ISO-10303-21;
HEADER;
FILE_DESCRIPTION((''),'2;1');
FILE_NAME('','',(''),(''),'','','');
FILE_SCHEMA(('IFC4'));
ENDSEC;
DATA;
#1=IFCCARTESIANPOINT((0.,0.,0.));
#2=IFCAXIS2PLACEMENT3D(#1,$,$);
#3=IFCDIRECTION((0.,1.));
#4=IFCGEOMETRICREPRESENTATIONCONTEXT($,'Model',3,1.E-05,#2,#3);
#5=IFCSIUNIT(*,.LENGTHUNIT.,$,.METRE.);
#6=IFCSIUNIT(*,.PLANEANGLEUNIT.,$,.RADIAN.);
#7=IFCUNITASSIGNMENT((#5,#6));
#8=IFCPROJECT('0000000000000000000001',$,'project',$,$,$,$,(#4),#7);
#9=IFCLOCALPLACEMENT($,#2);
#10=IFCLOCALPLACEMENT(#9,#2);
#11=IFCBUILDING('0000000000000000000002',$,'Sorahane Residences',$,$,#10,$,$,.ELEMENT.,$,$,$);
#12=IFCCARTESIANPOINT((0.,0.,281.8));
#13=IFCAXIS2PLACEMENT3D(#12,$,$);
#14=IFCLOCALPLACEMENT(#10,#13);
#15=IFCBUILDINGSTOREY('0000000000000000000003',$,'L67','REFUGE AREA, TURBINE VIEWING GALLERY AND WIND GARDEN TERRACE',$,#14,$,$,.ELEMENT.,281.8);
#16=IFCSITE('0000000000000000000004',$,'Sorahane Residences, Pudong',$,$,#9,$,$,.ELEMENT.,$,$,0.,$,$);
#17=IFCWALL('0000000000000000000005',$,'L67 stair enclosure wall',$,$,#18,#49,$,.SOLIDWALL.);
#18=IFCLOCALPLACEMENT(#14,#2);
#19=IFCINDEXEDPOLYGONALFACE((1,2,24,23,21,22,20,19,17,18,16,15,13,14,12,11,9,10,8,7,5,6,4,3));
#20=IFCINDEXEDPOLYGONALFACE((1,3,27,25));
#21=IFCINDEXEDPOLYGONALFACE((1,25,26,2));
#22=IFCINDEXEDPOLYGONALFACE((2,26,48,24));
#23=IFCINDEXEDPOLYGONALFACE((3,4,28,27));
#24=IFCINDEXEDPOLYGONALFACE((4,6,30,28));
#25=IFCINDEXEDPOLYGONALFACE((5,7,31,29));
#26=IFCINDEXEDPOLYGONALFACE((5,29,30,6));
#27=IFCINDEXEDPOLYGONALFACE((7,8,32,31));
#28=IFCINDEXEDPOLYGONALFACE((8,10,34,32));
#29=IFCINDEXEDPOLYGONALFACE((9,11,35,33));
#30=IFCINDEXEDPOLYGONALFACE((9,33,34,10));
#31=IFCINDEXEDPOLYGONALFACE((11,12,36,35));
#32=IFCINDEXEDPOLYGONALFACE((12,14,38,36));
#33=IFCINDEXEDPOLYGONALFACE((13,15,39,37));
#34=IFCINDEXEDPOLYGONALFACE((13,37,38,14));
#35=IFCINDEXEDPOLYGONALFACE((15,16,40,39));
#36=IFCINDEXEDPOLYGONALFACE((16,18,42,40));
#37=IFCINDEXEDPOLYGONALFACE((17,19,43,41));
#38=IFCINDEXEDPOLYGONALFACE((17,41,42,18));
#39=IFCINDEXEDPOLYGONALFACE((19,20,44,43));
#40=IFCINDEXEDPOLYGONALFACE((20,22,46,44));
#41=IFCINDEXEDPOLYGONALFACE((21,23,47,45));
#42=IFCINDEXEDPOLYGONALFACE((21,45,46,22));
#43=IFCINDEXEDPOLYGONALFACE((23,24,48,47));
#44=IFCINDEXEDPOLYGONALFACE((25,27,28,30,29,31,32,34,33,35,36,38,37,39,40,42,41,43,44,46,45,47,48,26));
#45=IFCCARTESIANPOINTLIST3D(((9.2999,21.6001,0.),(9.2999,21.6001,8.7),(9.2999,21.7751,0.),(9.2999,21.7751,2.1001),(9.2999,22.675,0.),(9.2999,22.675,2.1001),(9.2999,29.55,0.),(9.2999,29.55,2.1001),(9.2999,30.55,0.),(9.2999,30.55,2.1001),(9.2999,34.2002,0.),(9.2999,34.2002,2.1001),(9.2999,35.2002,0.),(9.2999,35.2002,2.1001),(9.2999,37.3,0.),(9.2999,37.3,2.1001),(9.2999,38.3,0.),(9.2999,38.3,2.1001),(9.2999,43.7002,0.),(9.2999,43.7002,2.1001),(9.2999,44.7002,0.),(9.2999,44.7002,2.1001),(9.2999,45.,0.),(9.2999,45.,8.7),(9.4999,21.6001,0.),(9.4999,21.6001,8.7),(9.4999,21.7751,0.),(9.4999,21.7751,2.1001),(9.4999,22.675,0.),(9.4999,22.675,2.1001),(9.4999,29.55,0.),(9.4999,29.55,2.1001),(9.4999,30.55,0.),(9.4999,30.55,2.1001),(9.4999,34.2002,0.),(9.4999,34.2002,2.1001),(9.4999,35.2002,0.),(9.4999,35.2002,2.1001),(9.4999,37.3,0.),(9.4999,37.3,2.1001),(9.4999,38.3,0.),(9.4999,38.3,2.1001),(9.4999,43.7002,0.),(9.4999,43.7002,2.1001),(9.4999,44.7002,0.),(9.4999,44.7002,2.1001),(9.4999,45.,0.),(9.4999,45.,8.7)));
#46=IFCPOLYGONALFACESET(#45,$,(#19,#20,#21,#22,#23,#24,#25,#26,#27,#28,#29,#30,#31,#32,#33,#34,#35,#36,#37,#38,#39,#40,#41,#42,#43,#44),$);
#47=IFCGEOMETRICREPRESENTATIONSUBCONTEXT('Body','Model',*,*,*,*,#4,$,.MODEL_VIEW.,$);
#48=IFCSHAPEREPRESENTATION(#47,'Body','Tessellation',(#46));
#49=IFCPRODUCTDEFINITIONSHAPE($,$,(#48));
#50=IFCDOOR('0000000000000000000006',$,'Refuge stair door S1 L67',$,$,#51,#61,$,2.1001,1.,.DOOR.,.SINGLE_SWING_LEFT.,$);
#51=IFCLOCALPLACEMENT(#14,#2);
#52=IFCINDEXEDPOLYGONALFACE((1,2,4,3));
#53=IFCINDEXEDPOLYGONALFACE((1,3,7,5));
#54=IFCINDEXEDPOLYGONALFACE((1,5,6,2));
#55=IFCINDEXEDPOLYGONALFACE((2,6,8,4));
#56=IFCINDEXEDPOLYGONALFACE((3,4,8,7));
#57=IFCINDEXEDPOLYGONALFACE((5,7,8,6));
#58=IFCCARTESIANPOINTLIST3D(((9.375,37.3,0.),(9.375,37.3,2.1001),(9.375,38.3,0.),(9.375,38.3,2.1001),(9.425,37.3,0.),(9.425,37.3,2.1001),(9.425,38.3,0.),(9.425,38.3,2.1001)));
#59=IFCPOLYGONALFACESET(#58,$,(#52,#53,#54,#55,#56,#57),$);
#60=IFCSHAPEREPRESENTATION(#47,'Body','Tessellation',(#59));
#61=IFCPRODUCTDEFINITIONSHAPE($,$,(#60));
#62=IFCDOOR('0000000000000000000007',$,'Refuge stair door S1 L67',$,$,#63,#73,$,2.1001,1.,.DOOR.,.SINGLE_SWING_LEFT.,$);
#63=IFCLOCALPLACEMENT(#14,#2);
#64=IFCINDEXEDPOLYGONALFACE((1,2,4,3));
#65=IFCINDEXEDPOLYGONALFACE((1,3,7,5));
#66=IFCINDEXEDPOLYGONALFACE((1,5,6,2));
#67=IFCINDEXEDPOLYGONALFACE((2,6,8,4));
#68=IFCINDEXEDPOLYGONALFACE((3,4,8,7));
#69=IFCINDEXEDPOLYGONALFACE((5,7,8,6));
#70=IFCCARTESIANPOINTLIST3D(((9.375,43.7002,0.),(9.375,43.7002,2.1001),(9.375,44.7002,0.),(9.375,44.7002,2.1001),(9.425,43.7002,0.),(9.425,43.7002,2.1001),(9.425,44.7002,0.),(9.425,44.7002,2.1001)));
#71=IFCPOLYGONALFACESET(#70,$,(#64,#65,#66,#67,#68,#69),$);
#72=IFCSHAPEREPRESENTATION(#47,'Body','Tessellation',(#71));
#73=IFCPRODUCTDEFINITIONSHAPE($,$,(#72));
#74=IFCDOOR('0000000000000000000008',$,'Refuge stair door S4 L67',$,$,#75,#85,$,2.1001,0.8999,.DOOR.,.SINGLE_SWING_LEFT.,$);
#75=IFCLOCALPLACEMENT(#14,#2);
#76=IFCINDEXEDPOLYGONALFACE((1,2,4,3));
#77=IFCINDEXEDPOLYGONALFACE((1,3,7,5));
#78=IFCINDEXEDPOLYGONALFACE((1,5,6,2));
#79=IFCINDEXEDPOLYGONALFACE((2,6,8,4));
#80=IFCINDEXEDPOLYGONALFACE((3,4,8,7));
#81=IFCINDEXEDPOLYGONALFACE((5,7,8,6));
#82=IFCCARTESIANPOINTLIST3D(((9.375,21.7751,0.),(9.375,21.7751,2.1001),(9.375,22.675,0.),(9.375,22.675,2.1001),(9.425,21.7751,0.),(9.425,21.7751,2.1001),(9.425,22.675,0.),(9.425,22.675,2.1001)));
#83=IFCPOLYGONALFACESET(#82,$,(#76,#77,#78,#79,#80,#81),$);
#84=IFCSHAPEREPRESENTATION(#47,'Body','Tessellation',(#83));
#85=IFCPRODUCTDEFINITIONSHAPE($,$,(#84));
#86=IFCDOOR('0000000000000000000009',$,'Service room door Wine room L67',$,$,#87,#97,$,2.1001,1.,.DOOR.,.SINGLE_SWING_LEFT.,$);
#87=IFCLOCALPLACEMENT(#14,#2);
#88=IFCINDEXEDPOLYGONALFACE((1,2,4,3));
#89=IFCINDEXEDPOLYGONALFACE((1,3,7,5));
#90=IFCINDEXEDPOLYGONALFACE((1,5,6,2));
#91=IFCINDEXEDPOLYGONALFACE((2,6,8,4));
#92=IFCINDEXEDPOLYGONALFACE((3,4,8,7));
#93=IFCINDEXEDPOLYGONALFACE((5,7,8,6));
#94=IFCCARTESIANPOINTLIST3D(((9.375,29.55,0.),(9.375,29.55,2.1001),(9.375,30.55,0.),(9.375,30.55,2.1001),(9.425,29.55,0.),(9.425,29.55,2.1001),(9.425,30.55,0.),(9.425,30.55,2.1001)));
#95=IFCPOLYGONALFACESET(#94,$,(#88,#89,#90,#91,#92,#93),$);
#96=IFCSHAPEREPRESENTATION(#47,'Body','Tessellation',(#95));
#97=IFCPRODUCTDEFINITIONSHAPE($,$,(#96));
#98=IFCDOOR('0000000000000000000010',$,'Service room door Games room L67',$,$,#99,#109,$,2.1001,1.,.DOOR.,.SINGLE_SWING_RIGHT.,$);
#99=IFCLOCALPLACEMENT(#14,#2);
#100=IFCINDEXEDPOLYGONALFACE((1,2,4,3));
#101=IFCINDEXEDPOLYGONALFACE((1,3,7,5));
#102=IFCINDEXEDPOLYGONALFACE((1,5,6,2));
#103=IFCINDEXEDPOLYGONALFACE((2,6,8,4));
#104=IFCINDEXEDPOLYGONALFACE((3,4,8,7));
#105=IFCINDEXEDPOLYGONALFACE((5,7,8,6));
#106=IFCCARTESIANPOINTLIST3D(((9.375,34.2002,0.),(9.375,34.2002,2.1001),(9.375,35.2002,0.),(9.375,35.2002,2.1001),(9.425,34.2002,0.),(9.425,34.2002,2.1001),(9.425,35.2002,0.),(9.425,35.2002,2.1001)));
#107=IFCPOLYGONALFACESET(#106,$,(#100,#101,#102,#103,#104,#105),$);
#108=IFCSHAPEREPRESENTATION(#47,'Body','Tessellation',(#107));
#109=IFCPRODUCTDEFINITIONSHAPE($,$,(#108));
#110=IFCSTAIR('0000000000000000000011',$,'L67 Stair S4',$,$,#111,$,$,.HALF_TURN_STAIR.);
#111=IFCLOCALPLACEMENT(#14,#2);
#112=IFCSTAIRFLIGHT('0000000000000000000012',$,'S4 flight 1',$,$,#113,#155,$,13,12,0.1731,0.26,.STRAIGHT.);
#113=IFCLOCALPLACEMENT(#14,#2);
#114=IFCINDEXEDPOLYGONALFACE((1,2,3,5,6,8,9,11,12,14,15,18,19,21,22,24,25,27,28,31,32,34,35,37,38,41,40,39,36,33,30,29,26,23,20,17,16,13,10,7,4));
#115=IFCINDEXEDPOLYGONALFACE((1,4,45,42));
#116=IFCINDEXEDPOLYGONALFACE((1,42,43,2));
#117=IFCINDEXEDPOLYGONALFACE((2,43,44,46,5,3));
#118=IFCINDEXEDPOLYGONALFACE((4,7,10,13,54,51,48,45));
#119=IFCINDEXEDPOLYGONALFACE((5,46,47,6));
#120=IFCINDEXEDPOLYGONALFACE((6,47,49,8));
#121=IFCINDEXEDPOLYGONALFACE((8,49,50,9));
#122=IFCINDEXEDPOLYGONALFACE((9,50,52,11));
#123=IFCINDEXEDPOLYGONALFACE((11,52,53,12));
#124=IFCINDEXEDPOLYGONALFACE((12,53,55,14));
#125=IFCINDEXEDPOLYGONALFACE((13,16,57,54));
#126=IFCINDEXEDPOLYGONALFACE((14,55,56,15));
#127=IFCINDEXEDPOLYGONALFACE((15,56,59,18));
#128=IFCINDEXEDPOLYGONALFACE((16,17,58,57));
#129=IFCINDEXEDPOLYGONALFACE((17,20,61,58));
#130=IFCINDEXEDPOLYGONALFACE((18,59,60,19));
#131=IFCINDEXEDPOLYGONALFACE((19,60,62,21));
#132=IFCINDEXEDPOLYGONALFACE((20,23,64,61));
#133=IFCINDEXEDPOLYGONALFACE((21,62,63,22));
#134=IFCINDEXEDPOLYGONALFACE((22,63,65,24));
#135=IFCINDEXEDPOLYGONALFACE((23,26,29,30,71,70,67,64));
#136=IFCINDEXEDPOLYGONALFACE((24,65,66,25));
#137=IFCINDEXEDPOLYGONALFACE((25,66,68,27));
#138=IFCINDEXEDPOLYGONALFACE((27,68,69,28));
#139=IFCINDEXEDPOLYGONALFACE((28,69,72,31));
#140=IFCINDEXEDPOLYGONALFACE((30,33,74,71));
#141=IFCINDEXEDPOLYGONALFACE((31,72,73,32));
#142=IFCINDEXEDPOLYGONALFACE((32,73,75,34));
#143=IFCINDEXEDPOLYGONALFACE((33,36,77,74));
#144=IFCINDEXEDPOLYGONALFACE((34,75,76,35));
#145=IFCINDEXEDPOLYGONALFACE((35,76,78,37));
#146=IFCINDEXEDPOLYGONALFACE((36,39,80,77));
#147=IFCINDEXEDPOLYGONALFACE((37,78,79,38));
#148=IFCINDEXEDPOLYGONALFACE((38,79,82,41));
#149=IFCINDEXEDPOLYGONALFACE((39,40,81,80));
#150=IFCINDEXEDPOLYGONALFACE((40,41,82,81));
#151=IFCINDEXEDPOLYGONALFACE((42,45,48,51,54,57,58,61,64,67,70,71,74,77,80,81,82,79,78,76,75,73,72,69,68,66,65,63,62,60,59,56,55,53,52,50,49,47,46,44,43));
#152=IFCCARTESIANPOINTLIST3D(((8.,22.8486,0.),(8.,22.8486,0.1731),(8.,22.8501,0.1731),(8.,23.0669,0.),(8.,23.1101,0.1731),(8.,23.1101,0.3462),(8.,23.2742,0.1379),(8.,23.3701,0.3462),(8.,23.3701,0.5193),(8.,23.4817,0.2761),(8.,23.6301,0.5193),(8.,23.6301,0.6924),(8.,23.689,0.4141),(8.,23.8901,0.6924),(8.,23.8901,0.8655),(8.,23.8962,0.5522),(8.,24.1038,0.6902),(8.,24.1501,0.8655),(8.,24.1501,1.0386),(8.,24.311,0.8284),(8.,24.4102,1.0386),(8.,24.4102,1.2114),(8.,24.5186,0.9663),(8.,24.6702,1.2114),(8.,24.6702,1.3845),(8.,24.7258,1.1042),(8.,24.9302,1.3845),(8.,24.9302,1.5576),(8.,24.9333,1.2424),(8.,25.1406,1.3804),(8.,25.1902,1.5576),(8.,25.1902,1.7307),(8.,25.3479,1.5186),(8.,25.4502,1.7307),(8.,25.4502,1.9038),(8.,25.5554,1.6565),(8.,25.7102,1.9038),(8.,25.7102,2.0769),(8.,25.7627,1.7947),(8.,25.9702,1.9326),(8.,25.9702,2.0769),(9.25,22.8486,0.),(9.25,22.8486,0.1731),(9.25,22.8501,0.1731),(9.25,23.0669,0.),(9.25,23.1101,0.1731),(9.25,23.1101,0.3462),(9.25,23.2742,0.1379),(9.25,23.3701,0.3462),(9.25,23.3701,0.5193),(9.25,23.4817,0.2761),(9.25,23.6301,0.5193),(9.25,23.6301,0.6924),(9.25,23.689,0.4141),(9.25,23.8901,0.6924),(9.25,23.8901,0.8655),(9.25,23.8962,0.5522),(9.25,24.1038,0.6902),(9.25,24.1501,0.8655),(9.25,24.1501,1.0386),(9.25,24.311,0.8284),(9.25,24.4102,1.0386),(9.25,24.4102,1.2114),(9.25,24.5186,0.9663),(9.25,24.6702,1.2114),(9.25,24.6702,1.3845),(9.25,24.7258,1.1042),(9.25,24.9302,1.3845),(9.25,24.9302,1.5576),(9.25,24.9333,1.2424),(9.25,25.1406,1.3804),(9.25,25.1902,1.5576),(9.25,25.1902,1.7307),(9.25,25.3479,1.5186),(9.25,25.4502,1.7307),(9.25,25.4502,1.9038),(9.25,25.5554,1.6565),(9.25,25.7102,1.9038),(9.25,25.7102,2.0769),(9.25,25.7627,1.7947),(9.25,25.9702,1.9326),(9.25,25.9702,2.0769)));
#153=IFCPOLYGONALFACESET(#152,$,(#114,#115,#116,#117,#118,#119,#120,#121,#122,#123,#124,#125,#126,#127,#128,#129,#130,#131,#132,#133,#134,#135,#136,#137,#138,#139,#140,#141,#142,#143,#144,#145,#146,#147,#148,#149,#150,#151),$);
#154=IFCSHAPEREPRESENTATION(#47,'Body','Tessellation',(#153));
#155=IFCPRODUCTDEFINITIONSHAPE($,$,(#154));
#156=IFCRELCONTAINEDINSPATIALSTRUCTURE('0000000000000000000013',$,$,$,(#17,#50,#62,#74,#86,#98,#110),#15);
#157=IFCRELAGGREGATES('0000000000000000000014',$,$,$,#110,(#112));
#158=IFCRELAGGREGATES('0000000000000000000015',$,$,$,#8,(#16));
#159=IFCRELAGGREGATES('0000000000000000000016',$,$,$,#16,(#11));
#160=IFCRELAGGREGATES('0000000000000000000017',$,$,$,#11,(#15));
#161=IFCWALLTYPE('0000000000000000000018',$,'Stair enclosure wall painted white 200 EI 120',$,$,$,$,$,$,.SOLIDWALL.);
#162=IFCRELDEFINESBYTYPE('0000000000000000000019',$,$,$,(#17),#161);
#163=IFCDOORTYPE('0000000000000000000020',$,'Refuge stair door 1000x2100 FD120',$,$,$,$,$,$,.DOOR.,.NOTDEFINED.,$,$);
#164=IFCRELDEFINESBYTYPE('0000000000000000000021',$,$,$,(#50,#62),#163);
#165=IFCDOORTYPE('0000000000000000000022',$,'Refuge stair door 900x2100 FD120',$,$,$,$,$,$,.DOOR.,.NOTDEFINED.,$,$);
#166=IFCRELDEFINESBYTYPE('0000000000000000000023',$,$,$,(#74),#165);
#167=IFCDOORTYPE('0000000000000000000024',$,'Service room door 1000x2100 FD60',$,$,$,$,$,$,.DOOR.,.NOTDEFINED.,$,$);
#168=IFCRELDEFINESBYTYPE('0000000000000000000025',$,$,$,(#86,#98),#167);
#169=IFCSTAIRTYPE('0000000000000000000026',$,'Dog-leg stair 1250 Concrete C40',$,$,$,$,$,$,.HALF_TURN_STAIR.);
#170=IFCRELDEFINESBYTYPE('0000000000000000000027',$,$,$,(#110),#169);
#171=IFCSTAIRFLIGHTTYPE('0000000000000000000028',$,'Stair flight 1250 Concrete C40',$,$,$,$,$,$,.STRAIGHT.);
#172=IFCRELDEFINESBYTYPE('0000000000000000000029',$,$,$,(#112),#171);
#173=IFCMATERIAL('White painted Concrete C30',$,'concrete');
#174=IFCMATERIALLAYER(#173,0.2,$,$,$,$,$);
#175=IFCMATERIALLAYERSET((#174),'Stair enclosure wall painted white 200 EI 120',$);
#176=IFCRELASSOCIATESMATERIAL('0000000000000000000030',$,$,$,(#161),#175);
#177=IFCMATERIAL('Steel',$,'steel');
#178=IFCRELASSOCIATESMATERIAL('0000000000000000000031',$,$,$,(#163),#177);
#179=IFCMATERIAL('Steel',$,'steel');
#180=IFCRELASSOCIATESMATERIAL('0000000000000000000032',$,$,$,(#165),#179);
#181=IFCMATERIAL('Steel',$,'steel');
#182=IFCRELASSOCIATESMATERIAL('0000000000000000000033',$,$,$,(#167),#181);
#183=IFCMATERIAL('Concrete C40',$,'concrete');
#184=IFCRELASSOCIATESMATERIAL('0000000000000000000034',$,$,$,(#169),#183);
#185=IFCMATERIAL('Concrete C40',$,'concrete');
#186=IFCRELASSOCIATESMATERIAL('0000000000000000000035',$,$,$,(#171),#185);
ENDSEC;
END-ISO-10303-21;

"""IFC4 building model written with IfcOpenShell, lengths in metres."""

from ifc_helpers import new_model, si_unit, direction, frame, frame_2d, origin, place, context, subcontext, project, spatial, polyline, rectangle, outline, extrude, material, layer, layer_set, type_object, element, fill, aggregate, save


model = new_model("IFC4")

# Units and contexts
model_context = context("Model", 3, precision=1e-05, world=origin(), true_north=direction((0.0, 1.0)))
body_context = subcontext(model_context, "Body", "Model", "MODEL_VIEW")
ifc_project = project(units=[si_unit("LENGTHUNIT", "METRE"), si_unit("PLANEANGLEUNIT", "RADIAN")], contexts=[model_context])

# Site, building, storey
site_placement = place(None, origin())
site = spatial("IfcSite", under=ifc_project, at=site_placement, Name="Sorahane Residences, Pudong", CompositionType="ELEMENT", RefElevation=0.0)
building_placement = place(site_placement, origin())
building = spatial("IfcBuilding", under=site, at=building_placement, Name="Sorahane Residences", CompositionType="ELEMENT")
storey_placement = place(building_placement, frame((0.0, 0.0, 281.8)))
storey = spatial("IfcBuildingStorey", under=building, at=storey_placement, Name="L67", Description="REFUGE AREA, TURBINE VIEWING GALLERY AND WIND GARDEN TERRACE", CompositionType="ELEMENT", Elevation=281.8)

# Shared definitions
ifc_material_1 = material(Name="White painted Concrete C30", Category="concrete")
ifc_layer_1 = layer(ifc_material_1, 0.2)
ifc_layer_set_1 = layer_set([ifc_layer_1], Name="Stair enclosure wall painted white 200 EI 120")
wall_type_1 = type_object("IfcWallType", Name="Stair enclosure wall painted white 200 EI 120", PredefinedType="SOLIDWALL", material=ifc_layer_set_1)

# Wall, openings, doors
wall_1_placement = place(storey_placement, frame((9.3999, 21.6001, 0.0), z_axis=(0.0, 0.0, 1.0), x_axis=(0.0, 1.0, 0.0)))
wall_1 = element("IfcWall", 1, at=wall_1_placement, inside=storey, type_object=wall_type_1, Name="L67 stair enclosure wall", PredefinedType="SOLIDWALL", context=body_context, shape_type="SweptSolid", body=[
    extrude(rectangle(XDim=23.3999, YDim=0.2, at=frame_2d((11.7, 0.0))), origin(), (0.0, 0.0, 1.0), 8.7),
])
opening_1_placement = place(wall_1_placement, frame((7.95, 0.0, 0.0)))
opening_1 = element("IfcOpeningElement", 2, at=opening_1_placement, cuts=wall_1, PredefinedType="OPENING", context=body_context, shape_type="SweptSolid", body=[
    extrude(rectangle(XDim=1.0, YDim=2.1001, at=frame_2d((0.5, 1.05))), frame((0.0, 0.1099, 0.0), z_axis=(0.0, -1.0, 0.0), x_axis=(1.0, 0.0, 0.0)), (0.0, 0.0, 1.0), 0.22),
])
opening_2_placement = place(wall_1_placement, frame((12.6001, 0.0, 0.0)))
opening_2 = element("IfcOpeningElement", 3, at=opening_2_placement, cuts=wall_1, PredefinedType="OPENING", context=body_context, shape_type="SweptSolid", body=[
    extrude(rectangle(XDim=1.0, YDim=2.1001, at=frame_2d((0.5, 1.05))), frame((0.0, 0.1099, 0.0), z_axis=(0.0, -1.0, 0.0), x_axis=(1.0, 0.0, 0.0)), (0.0, 0.0, 1.0), 0.22),
])
opening_3_placement = place(wall_1_placement, frame((15.7, 0.0, 0.0)))
opening_3 = element("IfcOpeningElement", 4, at=opening_3_placement, cuts=wall_1, PredefinedType="OPENING", context=body_context, shape_type="SweptSolid", body=[
    extrude(rectangle(XDim=1.0, YDim=2.1001, at=frame_2d((0.5, 1.05))), frame((0.0, 0.1099, 0.0), z_axis=(0.0, -1.0, 0.0), x_axis=(1.0, 0.0, 0.0)), (0.0, 0.0, 1.0), 0.22),
])
opening_4_placement = place(wall_1_placement, frame((22.1001, 0.0, 0.0)))
opening_4 = element("IfcOpeningElement", 5, at=opening_4_placement, cuts=wall_1, PredefinedType="OPENING", context=body_context, shape_type="SweptSolid", body=[
    extrude(rectangle(XDim=1.0, YDim=2.1001, at=frame_2d((0.5, 1.05))), frame((0.0, 0.1099, 0.0), z_axis=(0.0, -1.0, 0.0), x_axis=(1.0, 0.0, 0.0)), (0.0, 0.0, 1.0), 0.22),
])
opening_5_placement = place(wall_1_placement, frame((0.175, 0.0, 0.0)))
opening_5 = element("IfcOpeningElement", 6, at=opening_5_placement, cuts=wall_1, PredefinedType="OPENING", context=body_context, shape_type="SweptSolid", body=[
    extrude(rectangle(XDim=0.8999, YDim=2.1001, at=frame_2d((0.45, 1.05))), frame((0.0, 0.1099, 0.0), z_axis=(0.0, -1.0, 0.0), x_axis=(1.0, 0.0, 0.0)), (0.0, 0.0, 1.0), 0.22),
])
ifc_material_2 = material(Name="Steel", Category="steel")
door_type_1 = type_object("IfcDoorType", Name="Refuge stair door 1000x2100 FD120", OperationType="NOTDEFINED", PredefinedType="DOOR", material=ifc_material_2)
door_1_placement = place(opening_3_placement, origin())
door_1 = element("IfcDoor", 7, at=door_1_placement, inside=storey, type_object=door_type_1, Name="Refuge stair door S1 L67", OperationType="SINGLE_SWING_LEFT", OverallHeight=2.1001, OverallWidth=1.0, PredefinedType="DOOR", context=body_context, shape_type="SweptSolid", body=[
    extrude(rectangle(XDim=1.0, YDim=2.1001, at=frame_2d((0.5, 1.05))), frame((0.0, 0.0249, 0.0), z_axis=(0.0, -1.0, 0.0), x_axis=(1.0, 0.0, 0.0)), (0.0, 0.0, 1.0), 0.05),
])
fill(opening_3, door_1)
door_2_placement = place(opening_4_placement, origin())
door_2 = element("IfcDoor", 8, at=door_2_placement, inside=storey, type_object=door_type_1, Name="Refuge stair door S1 L67", OperationType="SINGLE_SWING_LEFT", OverallHeight=2.1001, OverallWidth=1.0, PredefinedType="DOOR", context=body_context, shape_type="SweptSolid", body=[
    extrude(rectangle(XDim=1.0, YDim=2.1001, at=frame_2d((0.5, 1.05))), frame((0.0, 0.0249, 0.0), z_axis=(0.0, -1.0, 0.0), x_axis=(1.0, 0.0, 0.0)), (0.0, 0.0, 1.0), 0.05),
])
fill(opening_4, door_2)
ifc_material_3 = material(Name="Steel", Category="steel")
door_type_2 = type_object("IfcDoorType", Name="Refuge stair door 900x2100 FD120", OperationType="NOTDEFINED", PredefinedType="DOOR", material=ifc_material_3)
door_3_placement = place(opening_5_placement, origin())
door_3 = element("IfcDoor", 9, at=door_3_placement, inside=storey, type_object=door_type_2, Name="Refuge stair door S4 L67", OperationType="SINGLE_SWING_LEFT", OverallHeight=2.1001, OverallWidth=0.8999, PredefinedType="DOOR", context=body_context, shape_type="SweptSolid", body=[
    extrude(rectangle(XDim=0.8999, YDim=2.1001, at=frame_2d((0.45, 1.05))), frame((0.0, 0.0249, 0.0), z_axis=(0.0, -1.0, 0.0), x_axis=(1.0, 0.0, 0.0)), (0.0, 0.0, 1.0), 0.05),
])
fill(opening_5, door_3)
ifc_material_4 = material(Name="Steel", Category="steel")
door_type_3 = type_object("IfcDoorType", Name="Service room door 1000x2100 FD60", OperationType="NOTDEFINED", PredefinedType="DOOR", material=ifc_material_4)
door_4_placement = place(opening_1_placement, origin())
door_4 = element("IfcDoor", 10, at=door_4_placement, inside=storey, type_object=door_type_3, Name="Service room door Wine room L67", OperationType="SINGLE_SWING_LEFT", OverallHeight=2.1001, OverallWidth=1.0, PredefinedType="DOOR", context=body_context, shape_type="SweptSolid", body=[
    extrude(rectangle(XDim=1.0, YDim=2.1001, at=frame_2d((0.5, 1.05))), frame((0.0, 0.0249, 0.0), z_axis=(0.0, -1.0, 0.0), x_axis=(1.0, 0.0, 0.0)), (0.0, 0.0, 1.0), 0.05),
])
fill(opening_1, door_4)
door_5_placement = place(opening_2_placement, origin())
door_5 = element("IfcDoor", 11, at=door_5_placement, inside=storey, type_object=door_type_3, Name="Service room door Games room L67", OperationType="SINGLE_SWING_RIGHT", OverallHeight=2.1001, OverallWidth=1.0, PredefinedType="DOOR", context=body_context, shape_type="SweptSolid", body=[
    extrude(rectangle(XDim=1.0, YDim=2.1001, at=frame_2d((0.5, 1.05))), frame((0.0, 0.0249, 0.0), z_axis=(0.0, -1.0, 0.0), x_axis=(1.0, 0.0, 0.0)), (0.0, 0.0, 1.0), 0.05),
])
fill(opening_2, door_5)

# Stair, stair flight
ifc_material_5 = material(Name="Concrete C40", Category="concrete")
stair_type = type_object("IfcStairType", Name="Dog-leg stair 1250 Concrete C40", PredefinedType="HALF_TURN_STAIR", material=ifc_material_5)
stair_placement = place(storey_placement, origin())
stair = element("IfcStair", 12, at=stair_placement, inside=storey, type_object=stair_type, Name="L67 Stair S4", PredefinedType="HALF_TURN_STAIR")
ifc_material_6 = material(Name="Concrete C40", Category="concrete")
stair_flight_type = type_object("IfcStairFlightType", Name="Stair flight 1250 Concrete C40", PredefinedType="STRAIGHT", material=ifc_material_6)
stair_flight_1_placement = place(storey_placement, frame((8.625, 22.8501, 0.0), z_axis=(0.0, 0.0, 1.0), x_axis=(0.0, 1.0, 0.0)))
stair_flight_1 = element("IfcStairFlight", 13, at=stair_flight_1_placement, type_object=stair_flight_type, Name="S4 flight 1", NumberOfRisers=13, NumberOfTreads=12, PredefinedType="STRAIGHT", RiserHeight=0.1731, TreadLength=0.26, context=body_context, shape_type="SweptSolid", body=[
    extrude(outline(polyline([(-0.0015, 0.0), (-0.0015, 0.1731), (0.0, 0.1731), (0.26, 0.1731), (0.26, 0.3462), (0.52, 0.3462), (0.52, 0.5193), (0.78, 0.5193), (0.78, 0.6924), (1.04, 0.6924), (1.04, 0.8655), (1.3, 0.8655), (1.3, 1.0386), (1.5601, 1.0386), (1.5601, 1.2114), (1.8201, 1.2114), (1.8201, 1.3845), (2.0801, 1.3845), (2.0801, 1.5576), (2.3401, 1.5576), (2.3401, 1.7307), (2.6001, 1.7307), (2.6001, 1.9038), (2.8601, 1.9038), (2.8601, 2.0769), (3.1201, 2.0769), (3.1201, 2.25), (3.1201, 1.9326), (2.9126, 1.7947), (2.7053, 1.6565), (2.4978, 1.5186), (2.2905, 1.3804), (2.0833, 1.2424), (1.8757, 1.1042), (1.6685, 0.9663), (1.4609, 0.8284), (1.2537, 0.6902), (1.0461, 0.5522), (0.8389, 0.4141), (0.6316, 0.2761), (0.4241, 0.1379), (0.2168, 0.0), (-0.0015, 0.0)])), frame((0.0, 0.625, 0.0), z_axis=(0.0, -1.0, 0.0), x_axis=(1.0, 0.0, 0.0)), (0.0, 0.0, 1.0), 1.25),
])
aggregate(stair, [stair_flight_1])

save(model, "model.ifc")
